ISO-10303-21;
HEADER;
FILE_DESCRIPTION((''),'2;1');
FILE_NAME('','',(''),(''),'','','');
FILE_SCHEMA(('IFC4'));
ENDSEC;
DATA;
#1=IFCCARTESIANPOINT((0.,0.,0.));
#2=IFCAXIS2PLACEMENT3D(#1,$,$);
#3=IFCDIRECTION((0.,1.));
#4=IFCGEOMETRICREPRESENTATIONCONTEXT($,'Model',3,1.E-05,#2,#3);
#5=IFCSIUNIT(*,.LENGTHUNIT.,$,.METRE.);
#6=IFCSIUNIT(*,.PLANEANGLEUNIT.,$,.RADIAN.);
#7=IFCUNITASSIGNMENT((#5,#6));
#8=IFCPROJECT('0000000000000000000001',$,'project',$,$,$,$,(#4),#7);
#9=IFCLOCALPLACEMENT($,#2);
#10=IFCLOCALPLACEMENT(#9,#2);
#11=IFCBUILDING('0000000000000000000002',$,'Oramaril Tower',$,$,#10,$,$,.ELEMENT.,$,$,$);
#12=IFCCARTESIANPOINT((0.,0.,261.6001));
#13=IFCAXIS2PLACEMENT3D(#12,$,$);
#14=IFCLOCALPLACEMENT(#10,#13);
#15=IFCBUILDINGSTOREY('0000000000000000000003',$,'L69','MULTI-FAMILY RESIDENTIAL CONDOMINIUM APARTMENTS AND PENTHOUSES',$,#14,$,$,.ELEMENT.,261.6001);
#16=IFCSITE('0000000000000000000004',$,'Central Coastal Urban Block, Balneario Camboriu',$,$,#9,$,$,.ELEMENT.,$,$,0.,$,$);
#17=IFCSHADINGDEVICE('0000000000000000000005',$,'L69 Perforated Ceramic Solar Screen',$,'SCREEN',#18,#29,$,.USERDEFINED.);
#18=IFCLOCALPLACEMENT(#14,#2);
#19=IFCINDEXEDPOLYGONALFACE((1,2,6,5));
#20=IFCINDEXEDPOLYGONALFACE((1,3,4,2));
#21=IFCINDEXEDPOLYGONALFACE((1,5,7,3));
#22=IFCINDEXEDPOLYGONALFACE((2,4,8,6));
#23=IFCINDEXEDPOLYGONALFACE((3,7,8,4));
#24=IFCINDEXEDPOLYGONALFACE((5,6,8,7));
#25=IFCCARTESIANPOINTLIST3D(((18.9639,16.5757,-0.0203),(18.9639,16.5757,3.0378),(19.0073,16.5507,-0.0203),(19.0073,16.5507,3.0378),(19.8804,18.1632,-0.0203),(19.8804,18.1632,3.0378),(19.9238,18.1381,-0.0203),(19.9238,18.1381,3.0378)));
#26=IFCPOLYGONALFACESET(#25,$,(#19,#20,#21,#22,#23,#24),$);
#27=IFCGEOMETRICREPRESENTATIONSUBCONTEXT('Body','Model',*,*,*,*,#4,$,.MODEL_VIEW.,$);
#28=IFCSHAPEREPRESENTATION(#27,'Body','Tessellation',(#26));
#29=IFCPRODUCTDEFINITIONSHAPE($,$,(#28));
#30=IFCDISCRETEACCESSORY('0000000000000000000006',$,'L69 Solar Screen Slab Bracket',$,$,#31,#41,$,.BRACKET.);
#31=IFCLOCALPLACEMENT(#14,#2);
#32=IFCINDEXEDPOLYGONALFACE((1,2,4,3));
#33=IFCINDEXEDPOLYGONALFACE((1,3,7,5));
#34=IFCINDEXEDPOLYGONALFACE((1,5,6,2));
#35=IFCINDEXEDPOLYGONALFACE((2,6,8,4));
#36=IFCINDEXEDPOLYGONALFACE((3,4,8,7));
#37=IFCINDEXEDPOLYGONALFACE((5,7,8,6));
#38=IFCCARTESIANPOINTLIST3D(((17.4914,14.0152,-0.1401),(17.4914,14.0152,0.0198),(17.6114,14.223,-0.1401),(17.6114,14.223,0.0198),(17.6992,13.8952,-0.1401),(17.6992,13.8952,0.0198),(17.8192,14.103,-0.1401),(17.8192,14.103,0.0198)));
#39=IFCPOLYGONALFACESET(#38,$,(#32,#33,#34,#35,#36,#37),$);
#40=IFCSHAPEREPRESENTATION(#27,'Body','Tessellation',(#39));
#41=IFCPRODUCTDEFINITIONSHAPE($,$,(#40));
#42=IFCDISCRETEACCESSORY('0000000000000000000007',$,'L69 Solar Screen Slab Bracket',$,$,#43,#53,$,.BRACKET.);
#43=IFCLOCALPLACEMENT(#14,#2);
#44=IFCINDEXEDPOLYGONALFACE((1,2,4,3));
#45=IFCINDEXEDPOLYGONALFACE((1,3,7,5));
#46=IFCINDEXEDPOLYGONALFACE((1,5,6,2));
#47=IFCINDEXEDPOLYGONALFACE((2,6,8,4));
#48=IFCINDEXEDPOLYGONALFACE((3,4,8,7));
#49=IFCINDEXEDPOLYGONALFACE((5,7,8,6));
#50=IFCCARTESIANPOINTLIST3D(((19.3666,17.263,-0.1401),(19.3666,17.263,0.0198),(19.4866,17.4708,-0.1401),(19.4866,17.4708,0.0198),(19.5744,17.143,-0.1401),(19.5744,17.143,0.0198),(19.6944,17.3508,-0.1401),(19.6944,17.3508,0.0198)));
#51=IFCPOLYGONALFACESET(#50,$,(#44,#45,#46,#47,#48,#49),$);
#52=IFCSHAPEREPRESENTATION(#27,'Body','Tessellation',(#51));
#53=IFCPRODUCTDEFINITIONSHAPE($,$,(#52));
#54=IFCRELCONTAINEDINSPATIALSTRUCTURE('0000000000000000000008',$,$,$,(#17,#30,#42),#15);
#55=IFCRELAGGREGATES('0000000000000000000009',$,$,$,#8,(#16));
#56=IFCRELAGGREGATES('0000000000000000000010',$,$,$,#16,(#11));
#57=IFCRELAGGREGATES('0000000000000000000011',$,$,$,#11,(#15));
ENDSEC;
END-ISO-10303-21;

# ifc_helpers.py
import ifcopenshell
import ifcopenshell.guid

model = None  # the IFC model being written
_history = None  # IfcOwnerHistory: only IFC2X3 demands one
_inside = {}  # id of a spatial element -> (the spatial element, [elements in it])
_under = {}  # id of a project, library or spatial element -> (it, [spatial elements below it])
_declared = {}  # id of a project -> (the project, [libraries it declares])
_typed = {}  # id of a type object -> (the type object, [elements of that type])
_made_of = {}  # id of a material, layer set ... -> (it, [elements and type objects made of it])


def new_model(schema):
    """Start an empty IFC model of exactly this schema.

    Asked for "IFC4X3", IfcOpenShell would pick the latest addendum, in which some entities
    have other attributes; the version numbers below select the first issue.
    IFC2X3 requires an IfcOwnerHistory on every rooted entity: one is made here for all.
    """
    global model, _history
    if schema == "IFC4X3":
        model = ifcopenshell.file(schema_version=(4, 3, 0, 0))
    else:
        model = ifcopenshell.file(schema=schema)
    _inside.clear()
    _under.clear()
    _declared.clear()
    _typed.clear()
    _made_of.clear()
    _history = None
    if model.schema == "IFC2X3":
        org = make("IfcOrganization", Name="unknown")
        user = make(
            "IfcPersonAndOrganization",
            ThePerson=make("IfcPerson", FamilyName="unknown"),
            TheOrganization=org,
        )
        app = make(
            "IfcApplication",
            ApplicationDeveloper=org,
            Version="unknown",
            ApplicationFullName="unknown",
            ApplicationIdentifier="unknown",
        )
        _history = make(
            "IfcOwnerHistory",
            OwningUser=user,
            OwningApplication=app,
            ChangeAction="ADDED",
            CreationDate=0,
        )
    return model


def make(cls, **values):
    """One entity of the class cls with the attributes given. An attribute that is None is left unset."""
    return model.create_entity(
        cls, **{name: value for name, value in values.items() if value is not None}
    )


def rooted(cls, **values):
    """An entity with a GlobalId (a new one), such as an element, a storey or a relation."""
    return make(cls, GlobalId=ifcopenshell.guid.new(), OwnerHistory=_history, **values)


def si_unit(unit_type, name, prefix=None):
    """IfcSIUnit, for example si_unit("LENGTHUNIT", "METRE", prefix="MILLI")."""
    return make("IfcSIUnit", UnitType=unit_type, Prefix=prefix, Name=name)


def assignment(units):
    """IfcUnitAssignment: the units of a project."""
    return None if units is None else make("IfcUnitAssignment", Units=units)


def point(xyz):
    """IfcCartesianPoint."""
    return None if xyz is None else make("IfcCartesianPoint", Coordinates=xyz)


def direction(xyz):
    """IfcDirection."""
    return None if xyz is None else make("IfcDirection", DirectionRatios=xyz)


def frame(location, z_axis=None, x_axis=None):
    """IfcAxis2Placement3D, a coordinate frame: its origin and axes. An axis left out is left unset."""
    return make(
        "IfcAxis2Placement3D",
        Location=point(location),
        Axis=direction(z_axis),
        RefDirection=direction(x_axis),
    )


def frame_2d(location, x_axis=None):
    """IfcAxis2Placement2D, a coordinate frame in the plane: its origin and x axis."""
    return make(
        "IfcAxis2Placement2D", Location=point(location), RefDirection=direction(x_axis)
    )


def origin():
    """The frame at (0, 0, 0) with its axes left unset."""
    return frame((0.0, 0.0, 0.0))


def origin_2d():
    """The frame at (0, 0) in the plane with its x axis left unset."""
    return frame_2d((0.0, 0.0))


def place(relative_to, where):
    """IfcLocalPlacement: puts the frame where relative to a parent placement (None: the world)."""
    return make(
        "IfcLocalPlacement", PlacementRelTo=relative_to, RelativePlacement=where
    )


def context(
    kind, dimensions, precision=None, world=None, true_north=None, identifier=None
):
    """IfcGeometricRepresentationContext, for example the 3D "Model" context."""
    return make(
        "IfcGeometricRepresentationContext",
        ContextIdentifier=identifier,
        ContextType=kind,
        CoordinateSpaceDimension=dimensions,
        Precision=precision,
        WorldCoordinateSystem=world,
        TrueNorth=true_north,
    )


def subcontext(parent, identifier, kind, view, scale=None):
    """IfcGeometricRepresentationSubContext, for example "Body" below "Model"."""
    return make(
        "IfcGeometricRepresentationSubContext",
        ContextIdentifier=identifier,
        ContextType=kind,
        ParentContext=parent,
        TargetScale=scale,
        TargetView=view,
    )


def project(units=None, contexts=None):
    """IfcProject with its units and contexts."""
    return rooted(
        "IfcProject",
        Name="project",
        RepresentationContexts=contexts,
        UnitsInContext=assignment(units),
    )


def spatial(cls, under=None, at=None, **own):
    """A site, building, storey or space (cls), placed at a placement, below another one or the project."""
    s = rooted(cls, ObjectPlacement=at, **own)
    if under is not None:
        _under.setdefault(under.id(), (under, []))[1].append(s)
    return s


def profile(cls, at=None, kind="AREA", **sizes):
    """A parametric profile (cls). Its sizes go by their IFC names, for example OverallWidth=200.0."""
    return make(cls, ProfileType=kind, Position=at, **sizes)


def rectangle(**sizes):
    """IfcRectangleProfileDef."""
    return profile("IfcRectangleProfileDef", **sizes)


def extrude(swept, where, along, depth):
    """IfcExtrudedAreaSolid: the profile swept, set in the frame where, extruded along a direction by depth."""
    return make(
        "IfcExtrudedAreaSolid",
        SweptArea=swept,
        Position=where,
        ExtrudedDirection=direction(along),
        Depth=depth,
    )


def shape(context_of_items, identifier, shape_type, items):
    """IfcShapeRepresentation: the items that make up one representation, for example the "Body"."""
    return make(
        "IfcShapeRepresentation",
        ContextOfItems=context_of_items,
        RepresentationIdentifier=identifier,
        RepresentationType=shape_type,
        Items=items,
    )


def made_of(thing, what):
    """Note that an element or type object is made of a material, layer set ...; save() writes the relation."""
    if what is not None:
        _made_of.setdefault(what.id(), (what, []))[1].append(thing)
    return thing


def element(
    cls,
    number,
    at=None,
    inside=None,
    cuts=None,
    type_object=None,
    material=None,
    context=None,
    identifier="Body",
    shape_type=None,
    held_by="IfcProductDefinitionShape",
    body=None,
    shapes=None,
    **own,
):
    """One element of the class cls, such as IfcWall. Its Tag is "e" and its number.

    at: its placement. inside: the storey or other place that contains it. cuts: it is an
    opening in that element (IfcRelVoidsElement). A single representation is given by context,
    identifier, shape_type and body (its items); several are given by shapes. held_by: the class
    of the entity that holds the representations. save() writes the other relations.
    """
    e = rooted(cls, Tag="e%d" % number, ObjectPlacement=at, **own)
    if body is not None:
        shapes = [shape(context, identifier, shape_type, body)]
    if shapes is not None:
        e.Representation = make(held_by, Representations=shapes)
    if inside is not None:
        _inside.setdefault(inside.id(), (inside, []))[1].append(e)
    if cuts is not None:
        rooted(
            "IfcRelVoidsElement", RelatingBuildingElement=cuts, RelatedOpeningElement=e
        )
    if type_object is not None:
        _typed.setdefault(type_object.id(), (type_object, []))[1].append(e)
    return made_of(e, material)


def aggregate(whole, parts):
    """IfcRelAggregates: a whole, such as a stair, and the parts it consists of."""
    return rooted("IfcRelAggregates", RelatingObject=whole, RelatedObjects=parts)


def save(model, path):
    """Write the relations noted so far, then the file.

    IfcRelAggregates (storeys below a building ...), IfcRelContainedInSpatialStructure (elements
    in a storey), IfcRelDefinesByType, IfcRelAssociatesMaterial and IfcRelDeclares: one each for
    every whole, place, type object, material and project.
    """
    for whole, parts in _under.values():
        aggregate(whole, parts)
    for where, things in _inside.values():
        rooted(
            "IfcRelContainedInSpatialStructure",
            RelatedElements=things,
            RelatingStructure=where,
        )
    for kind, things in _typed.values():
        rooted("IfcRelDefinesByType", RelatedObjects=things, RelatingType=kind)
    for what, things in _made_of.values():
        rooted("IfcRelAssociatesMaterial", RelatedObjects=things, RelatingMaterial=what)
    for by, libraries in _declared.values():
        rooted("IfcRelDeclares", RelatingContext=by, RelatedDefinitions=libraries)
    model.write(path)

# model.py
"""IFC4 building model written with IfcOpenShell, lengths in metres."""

from ifc_helpers import new_model, si_unit, direction, frame, origin, origin_2d, place, context, subcontext, project, spatial, rectangle, extrude, element, save


model = new_model("IFC4")

# Units and contexts
model_context = context("Model", 3, precision=1e-05, world=origin(), true_north=direction((0.0, 1.0)))
body_context = subcontext(model_context, "Body", "Model", "MODEL_VIEW")
ifc_project = project(units=[si_unit("LENGTHUNIT", "METRE"), si_unit("PLANEANGLEUNIT", "RADIAN")], contexts=[model_context])

# Site, building, storey
site_placement = place(None, origin())
site = spatial("IfcSite", under=ifc_project, at=site_placement, Name="Central Coastal Urban Block, Balneario Camboriu", CompositionType="ELEMENT", RefElevation=0.0)
building_placement = place(site_placement, origin())
building = spatial("IfcBuilding", under=site, at=building_placement, Name="Oramaril Tower", CompositionType="ELEMENT")
storey_placement = place(building_placement, frame((0.0, 0.0, 261.6001)))
storey = spatial("IfcBuildingStorey", under=building, at=storey_placement, Name="L69", Description="MULTI-FAMILY RESIDENTIAL CONDOMINIUM APARTMENTS AND PENTHOUSES", CompositionType="ELEMENT", Elevation=261.6001)

# Shading device
for number, where, z_axis, x_axis, name in (
    (1, (19.4438, 17.3569, -0.0203), (0.0, 0.0, 1.0), (-0.5, -0.866025, 0.0), "L69 Perforated Ceramic Solar Screen"),
):
    element("IfcShadingDevice", number, at=place(storey_placement, frame(where, z_axis=z_axis, x_axis=x_axis)), inside=storey, Name=name, ObjectType="SCREEN", PredefinedType="USERDEFINED", context=body_context, shape_type="SweptSolid", body=[
        extrude(rectangle(XDim=1.833, YDim=0.05, at=origin_2d()), origin(), (0.0, 0.0, 1.0), 3.0581),
    ])

# Discrete accessories
for number, where, z_axis, x_axis, name in (
    (2, (17.6553, 14.0591, -0.1401), (0.0, 0.0, 1.0), (-0.5, -0.866025, 0.0), "L69 Solar Screen Slab Bracket"),
    (3, (19.5305, 17.3069, -0.1401), (0.0, 0.0, 1.0), (-0.5, -0.866025, 0.0), "L69 Solar Screen Slab Bracket"),
):
    element("IfcDiscreteAccessory", number, at=place(storey_placement, frame(where, z_axis=z_axis, x_axis=x_axis)), inside=storey, Name=name, PredefinedType="BRACKET", context=body_context, shape_type="SweptSolid", body=[
        extrude(rectangle(XDim=0.24, YDim=0.24, at=origin_2d()), origin(), (0.0, 0.0, 1.0), 0.1599),
    ])

save(model, "model.ifc")
